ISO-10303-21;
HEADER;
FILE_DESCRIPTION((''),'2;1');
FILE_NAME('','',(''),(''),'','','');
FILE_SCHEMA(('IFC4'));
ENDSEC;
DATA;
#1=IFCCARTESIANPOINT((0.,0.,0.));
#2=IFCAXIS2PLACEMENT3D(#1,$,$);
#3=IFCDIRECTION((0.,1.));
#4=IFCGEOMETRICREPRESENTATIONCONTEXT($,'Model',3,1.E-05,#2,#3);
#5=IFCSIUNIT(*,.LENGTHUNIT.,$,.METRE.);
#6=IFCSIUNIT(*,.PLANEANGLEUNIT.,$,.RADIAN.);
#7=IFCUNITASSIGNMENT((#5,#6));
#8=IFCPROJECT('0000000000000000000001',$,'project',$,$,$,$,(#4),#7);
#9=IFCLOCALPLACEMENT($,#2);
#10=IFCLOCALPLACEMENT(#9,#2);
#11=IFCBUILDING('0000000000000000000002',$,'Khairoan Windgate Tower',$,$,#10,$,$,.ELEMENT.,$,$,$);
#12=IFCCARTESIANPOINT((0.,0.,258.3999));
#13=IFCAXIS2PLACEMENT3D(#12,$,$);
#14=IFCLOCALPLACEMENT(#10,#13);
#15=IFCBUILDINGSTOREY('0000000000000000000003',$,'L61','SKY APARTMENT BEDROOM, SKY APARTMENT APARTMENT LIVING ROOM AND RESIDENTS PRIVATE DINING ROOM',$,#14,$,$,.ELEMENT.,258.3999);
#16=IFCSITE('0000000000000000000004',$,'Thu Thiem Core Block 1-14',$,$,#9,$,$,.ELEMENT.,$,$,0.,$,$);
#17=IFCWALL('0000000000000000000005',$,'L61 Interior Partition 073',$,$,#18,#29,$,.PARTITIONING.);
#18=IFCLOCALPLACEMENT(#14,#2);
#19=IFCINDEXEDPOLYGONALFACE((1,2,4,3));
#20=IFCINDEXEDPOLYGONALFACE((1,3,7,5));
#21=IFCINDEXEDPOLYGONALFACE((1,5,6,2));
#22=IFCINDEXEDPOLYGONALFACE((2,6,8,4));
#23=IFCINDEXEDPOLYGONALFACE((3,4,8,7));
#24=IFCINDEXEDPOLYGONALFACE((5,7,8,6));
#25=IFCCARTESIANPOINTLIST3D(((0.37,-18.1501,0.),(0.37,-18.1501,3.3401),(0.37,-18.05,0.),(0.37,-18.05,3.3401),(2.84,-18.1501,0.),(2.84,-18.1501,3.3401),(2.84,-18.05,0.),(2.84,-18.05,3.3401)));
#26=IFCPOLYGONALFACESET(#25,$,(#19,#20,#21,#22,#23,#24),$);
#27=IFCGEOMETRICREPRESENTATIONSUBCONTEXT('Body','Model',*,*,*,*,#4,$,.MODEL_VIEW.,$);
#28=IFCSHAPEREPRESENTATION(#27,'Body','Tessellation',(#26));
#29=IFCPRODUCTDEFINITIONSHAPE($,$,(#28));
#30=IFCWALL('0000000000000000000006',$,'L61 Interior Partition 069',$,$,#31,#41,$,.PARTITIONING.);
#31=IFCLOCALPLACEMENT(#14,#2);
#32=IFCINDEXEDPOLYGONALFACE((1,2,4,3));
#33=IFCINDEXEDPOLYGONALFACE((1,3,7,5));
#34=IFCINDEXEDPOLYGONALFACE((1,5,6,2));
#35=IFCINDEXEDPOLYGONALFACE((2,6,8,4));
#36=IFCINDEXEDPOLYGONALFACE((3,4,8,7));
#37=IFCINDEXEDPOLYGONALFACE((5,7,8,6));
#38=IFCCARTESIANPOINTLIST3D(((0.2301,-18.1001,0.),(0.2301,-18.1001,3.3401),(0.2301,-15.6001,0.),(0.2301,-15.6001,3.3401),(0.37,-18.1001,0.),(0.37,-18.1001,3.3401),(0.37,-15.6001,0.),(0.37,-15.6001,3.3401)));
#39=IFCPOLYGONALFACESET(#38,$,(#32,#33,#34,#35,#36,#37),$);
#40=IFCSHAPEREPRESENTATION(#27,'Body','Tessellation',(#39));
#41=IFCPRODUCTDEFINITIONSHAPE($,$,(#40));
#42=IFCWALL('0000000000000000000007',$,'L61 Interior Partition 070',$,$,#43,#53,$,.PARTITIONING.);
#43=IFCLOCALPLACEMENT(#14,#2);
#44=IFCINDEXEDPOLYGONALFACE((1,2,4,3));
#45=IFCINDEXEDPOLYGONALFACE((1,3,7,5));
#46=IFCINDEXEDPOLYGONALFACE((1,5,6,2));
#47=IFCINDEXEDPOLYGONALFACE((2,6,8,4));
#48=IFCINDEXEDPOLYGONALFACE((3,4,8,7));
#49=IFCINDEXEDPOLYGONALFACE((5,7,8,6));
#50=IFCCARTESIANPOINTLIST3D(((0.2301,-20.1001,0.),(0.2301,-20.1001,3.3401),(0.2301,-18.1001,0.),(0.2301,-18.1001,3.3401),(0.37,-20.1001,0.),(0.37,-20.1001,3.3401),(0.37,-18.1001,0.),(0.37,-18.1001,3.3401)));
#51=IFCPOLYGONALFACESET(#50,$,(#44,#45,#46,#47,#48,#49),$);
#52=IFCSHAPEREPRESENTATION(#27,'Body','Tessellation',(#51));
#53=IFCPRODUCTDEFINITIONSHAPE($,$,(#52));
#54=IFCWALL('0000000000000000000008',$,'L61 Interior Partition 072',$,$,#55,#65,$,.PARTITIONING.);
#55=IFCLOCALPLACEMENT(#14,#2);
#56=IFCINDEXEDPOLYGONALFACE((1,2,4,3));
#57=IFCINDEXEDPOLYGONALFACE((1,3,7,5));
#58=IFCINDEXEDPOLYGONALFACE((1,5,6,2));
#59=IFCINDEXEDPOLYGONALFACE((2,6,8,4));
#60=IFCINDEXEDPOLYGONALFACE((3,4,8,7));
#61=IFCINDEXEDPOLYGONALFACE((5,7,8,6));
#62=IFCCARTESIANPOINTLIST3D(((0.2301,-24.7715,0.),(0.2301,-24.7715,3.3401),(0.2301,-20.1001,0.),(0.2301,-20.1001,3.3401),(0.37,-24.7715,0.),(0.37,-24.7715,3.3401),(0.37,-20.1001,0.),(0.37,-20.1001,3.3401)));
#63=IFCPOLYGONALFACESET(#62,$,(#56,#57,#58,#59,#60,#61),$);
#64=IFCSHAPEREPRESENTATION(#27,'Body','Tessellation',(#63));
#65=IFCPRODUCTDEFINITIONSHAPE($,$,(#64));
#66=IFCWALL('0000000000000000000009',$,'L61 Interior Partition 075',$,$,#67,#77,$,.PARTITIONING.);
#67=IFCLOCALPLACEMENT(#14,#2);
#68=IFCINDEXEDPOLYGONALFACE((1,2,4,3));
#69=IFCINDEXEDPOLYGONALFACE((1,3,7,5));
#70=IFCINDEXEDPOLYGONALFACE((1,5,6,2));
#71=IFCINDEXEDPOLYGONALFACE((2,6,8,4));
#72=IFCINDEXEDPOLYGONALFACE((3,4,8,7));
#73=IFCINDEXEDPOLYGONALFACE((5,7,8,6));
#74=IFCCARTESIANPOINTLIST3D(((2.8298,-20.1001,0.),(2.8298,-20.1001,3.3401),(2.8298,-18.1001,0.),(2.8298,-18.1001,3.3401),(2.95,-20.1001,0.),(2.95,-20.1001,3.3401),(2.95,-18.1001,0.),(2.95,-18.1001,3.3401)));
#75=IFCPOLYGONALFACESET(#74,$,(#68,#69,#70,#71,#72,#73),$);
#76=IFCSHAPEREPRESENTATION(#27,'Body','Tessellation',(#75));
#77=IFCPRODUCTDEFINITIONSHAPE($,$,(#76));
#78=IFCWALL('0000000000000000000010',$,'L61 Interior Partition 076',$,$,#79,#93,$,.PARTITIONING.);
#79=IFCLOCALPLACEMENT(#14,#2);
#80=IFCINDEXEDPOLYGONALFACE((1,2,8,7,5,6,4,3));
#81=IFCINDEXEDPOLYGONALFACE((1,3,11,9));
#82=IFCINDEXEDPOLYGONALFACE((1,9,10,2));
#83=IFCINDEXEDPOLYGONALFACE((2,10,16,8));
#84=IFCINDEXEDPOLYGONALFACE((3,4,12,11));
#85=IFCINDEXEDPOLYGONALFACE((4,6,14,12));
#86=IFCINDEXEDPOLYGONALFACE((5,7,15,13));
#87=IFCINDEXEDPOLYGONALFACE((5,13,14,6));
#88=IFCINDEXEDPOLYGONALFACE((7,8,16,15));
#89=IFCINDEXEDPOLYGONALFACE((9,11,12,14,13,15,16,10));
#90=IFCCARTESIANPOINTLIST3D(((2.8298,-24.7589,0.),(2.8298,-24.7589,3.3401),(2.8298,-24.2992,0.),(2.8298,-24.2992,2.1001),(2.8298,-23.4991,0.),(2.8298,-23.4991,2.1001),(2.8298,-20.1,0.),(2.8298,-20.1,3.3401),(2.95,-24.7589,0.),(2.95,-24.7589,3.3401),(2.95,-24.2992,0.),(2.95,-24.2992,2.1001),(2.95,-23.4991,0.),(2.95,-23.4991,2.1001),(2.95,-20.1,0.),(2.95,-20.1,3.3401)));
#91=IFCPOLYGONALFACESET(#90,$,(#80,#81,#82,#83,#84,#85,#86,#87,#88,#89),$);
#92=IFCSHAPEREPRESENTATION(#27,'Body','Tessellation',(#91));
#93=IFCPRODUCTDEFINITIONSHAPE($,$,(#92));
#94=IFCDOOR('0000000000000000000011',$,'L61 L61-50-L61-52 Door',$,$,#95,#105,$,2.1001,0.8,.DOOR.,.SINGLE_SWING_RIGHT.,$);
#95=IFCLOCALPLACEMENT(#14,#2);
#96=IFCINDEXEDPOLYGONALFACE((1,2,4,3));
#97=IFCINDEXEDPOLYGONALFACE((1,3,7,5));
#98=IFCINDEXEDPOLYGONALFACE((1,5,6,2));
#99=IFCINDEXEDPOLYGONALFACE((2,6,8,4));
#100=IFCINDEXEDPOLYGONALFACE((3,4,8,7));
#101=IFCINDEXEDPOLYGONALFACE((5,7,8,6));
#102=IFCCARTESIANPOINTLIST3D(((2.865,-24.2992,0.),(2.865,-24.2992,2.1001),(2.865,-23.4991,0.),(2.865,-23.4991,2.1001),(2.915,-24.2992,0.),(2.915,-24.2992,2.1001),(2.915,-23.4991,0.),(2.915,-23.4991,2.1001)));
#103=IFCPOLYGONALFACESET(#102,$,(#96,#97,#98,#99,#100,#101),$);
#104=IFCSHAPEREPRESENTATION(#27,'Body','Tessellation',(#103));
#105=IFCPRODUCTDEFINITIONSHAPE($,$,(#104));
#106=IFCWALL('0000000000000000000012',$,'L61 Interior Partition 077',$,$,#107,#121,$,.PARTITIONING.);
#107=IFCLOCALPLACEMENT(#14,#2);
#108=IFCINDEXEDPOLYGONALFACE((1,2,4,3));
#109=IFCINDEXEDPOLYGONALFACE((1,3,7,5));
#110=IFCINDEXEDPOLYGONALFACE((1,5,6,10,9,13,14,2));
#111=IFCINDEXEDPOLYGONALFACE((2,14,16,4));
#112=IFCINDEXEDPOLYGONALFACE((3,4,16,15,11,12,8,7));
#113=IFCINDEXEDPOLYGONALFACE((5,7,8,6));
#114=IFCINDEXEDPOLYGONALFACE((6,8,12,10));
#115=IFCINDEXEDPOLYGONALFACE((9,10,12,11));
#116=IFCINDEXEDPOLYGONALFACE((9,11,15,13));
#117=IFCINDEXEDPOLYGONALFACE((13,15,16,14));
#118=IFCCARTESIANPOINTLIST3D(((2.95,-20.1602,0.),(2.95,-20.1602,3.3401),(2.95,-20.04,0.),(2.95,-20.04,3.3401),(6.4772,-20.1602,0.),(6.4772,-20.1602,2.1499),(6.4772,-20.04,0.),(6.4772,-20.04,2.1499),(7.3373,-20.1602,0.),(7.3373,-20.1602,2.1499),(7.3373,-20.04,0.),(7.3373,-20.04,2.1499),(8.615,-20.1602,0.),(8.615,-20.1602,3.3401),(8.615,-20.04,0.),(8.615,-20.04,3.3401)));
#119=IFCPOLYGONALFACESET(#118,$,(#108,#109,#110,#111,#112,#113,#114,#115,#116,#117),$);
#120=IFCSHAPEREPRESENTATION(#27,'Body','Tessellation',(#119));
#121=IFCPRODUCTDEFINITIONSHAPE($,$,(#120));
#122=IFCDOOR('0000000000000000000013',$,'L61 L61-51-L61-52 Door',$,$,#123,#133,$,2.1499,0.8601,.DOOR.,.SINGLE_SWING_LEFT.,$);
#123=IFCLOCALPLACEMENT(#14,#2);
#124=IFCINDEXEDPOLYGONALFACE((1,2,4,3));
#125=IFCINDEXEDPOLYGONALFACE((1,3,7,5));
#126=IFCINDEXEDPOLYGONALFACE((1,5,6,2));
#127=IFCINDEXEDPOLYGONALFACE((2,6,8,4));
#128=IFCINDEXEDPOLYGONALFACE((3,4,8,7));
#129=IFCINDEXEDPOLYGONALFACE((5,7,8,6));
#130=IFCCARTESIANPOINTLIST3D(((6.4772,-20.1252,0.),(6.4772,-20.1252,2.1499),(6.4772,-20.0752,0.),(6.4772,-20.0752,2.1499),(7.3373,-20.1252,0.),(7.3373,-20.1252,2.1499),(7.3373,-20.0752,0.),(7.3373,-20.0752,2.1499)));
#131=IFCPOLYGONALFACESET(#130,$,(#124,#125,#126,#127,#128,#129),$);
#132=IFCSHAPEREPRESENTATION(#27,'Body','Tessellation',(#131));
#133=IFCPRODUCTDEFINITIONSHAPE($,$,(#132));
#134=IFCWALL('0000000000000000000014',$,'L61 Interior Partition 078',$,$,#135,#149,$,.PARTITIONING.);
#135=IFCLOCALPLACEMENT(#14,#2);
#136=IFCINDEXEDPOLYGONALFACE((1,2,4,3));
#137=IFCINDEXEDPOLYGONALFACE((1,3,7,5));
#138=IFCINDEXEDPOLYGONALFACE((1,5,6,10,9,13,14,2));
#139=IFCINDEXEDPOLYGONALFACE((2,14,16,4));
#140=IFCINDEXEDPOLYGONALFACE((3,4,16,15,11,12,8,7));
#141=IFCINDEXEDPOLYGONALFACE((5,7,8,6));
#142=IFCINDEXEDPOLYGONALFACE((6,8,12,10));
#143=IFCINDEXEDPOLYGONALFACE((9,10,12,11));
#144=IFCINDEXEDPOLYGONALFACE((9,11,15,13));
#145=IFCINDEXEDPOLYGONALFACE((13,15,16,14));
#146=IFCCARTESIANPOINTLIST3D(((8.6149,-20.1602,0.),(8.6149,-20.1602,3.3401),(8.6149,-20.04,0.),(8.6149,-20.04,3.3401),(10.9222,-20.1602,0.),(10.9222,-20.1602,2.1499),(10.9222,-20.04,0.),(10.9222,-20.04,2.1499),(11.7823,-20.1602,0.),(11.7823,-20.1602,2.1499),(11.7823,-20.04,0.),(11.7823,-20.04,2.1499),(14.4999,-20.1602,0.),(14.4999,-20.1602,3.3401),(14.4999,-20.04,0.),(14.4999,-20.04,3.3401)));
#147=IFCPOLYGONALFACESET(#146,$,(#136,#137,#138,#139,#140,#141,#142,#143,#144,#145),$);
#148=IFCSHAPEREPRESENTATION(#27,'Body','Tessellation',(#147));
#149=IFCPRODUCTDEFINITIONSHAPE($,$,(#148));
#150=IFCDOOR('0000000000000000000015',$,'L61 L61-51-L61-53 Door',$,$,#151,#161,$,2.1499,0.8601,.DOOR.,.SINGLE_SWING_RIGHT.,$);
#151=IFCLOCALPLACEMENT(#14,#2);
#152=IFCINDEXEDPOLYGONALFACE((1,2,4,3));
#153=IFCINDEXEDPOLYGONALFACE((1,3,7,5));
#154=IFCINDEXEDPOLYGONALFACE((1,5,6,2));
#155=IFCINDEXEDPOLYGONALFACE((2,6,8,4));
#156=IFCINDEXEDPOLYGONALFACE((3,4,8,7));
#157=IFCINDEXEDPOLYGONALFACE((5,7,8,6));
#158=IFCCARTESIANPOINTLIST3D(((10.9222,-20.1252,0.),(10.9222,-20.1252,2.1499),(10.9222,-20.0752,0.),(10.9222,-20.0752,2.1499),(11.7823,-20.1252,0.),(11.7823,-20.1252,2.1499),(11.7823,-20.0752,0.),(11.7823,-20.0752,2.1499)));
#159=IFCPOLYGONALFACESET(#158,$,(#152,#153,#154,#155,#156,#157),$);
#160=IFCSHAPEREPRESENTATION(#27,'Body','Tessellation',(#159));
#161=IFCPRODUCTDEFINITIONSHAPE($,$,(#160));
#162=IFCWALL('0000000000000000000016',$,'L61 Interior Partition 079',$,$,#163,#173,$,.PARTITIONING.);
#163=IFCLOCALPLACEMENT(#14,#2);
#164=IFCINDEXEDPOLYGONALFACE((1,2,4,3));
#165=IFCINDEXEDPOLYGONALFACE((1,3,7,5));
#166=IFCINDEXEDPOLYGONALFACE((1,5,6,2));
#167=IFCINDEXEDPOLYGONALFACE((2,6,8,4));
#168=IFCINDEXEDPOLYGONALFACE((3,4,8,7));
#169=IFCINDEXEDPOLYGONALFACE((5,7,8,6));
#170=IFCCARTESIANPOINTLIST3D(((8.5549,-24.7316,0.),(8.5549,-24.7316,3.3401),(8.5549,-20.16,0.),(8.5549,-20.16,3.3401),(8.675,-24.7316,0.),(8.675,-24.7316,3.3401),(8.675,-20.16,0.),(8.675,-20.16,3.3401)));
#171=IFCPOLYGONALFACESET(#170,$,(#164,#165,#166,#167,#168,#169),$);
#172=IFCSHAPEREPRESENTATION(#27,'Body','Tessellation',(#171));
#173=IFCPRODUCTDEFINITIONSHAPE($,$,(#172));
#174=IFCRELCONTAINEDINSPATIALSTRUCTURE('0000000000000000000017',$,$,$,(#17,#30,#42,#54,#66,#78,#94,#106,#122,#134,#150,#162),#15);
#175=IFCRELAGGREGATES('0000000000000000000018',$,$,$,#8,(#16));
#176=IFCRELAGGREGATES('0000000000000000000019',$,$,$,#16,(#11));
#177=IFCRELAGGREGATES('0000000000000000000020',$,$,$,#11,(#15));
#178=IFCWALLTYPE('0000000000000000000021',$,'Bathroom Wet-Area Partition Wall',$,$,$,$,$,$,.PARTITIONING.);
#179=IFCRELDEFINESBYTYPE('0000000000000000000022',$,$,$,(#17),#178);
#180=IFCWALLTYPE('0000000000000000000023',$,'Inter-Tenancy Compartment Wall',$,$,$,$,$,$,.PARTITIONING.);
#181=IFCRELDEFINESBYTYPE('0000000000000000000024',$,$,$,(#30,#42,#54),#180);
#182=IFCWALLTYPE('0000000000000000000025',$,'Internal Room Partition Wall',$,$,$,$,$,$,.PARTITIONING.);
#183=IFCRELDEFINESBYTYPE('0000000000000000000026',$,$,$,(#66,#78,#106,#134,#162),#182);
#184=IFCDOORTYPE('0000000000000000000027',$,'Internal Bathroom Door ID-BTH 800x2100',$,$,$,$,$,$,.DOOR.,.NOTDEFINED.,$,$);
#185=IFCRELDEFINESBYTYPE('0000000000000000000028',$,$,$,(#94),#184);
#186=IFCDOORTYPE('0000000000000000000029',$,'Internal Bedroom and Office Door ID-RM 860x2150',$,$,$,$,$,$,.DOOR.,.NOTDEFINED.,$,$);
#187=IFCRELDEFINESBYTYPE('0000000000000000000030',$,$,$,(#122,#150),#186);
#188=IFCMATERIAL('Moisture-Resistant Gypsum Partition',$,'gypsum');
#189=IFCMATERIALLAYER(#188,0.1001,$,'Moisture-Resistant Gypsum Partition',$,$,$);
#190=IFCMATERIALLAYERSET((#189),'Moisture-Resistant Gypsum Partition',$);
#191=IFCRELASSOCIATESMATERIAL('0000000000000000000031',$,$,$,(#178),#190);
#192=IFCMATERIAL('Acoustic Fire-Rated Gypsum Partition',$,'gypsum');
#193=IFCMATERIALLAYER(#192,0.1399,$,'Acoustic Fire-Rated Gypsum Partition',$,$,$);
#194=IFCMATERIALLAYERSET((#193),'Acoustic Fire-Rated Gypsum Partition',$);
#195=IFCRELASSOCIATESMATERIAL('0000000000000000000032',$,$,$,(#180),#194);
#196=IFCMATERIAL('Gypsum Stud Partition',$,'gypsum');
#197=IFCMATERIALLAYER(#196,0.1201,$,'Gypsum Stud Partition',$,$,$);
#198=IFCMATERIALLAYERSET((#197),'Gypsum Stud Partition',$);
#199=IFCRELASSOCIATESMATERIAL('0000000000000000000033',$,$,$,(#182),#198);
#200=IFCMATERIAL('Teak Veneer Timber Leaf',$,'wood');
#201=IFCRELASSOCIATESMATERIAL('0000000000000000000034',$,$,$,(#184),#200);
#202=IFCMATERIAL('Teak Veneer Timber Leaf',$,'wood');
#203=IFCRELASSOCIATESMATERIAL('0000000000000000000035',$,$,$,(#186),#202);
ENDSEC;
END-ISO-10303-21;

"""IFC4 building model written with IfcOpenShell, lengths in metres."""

from ifc_helpers import new_model, si_unit, direction, frame, frame_2d, origin, place, context, subcontext, project, spatial, rectangle, extrude, material, layer, layer_set, type_object, element, fill, save


model = new_model("IFC4")

# Units and contexts
model_context = context("Model", 3, precision=1e-05, world=origin(), true_north=direction((0.0, 1.0)))
body_context = subcontext(model_context, "Body", "Model", "MODEL_VIEW")
ifc_project = project(units=[si_unit("LENGTHUNIT", "METRE"), si_unit("PLANEANGLEUNIT", "RADIAN")], contexts=[model_context])

# Site, building, storey
site_placement = place(None, origin())
site = spatial("IfcSite", under=ifc_project, at=site_placement, Name="Thu Thiem Core Block 1-14", CompositionType="ELEMENT", RefElevation=0.0)
building_placement = place(site_placement, origin())
building = spatial("IfcBuilding", under=site, at=building_placement, Name="Khairoan Windgate Tower", CompositionType="ELEMENT")
storey_placement = place(building_placement, frame((0.0, 0.0, 258.3999)))
storey = spatial("IfcBuildingStorey", under=building, at=storey_placement, Name="L61", Description="SKY APARTMENT BEDROOM, SKY APARTMENT APARTMENT LIVING ROOM AND RESIDENTS PRIVATE DINING ROOM", CompositionType="ELEMENT", Elevation=258.3999)

# Walls
ifc_material_1 = material(Name="Moisture-Resistant Gypsum Partition", Category="gypsum")
ifc_layer_1 = layer(ifc_material_1, 0.1001, Name="Moisture-Resistant Gypsum Partition")
ifc_layer_set_1 = layer_set([ifc_layer_1], Name="Moisture-Resistant Gypsum Partition")
wall_type_1 = type_object("IfcWallType", Name="Bathroom Wet-Area Partition Wall", PredefinedType="PARTITIONING", material=ifc_layer_set_1)
wall_1_placement = place(storey_placement, frame((0.3701, -18.1001, 0.0), z_axis=(0.0, 0.0, 1.0), x_axis=(1.0, 0.0, 0.0)))
element("IfcWall", 1, at=wall_1_placement, inside=storey, type_object=wall_type_1, Name="L61 Interior Partition 073", PredefinedType="PARTITIONING", context=body_context, shape_type="SweptSolid", body=[
    extrude(rectangle(XDim=2.47, YDim=0.1001, at=frame_2d((1.2349, 0.0))), origin(), (0.0, 0.0, 1.0), 3.3401),
])
ifc_material_2 = material(Name="Acoustic Fire-Rated Gypsum Partition", Category="gypsum")
ifc_layer_2 = layer(ifc_material_2, 0.1399, Name="Acoustic Fire-Rated Gypsum Partition")
ifc_layer_set_2 = layer_set([ifc_layer_2], Name="Acoustic Fire-Rated Gypsum Partition")
wall_type_2 = type_object("IfcWallType", Name="Inter-Tenancy Compartment Wall", PredefinedType="PARTITIONING", material=ifc_layer_set_2)
wall_2_placement = place(storey_placement, frame((0.3, -18.1001, 0.0), z_axis=(0.0, 0.0, 1.0), x_axis=(0.0, 1.0, 0.0)))
element("IfcWall", 2, at=wall_2_placement, inside=storey, type_object=wall_type_2, Name="L61 Interior Partition 069", PredefinedType="PARTITIONING", context=body_context, shape_type="SweptSolid", body=[
    extrude(rectangle(XDim=2.5, YDim=0.1399, at=frame_2d((1.25, 0.0))), origin(), (0.0, 0.0, 1.0), 3.3401),
])
wall_3_placement = place(storey_placement, frame((0.3, -20.1001, 0.0), z_axis=(0.0, 0.0, 1.0), x_axis=(0.0, 1.0, 0.0)))
element("IfcWall", 3, at=wall_3_placement, inside=storey, type_object=wall_type_2, Name="L61 Interior Partition 070", PredefinedType="PARTITIONING", context=body_context, shape_type="SweptSolid", body=[
    extrude(rectangle(XDim=2.0, YDim=0.1399, at=frame_2d((1.0, 0.0))), origin(), (0.0, 0.0, 1.0), 3.3401),
])
wall_4_placement = place(storey_placement, frame((0.3, -24.7715, 0.0), z_axis=(0.0, 0.0, 1.0), x_axis=(0.0, 1.0, 0.0)))
element("IfcWall", 4, at=wall_4_placement, inside=storey, type_object=wall_type_2, Name="L61 Interior Partition 072", PredefinedType="PARTITIONING", context=body_context, shape_type="SweptSolid", body=[
    extrude(rectangle(XDim=4.6714, YDim=0.1399, at=frame_2d((2.3357, 0.0))), origin(), (0.0, 0.0, 1.0), 3.3401),
])
ifc_material_3 = material(Name="Gypsum Stud Partition", Category="gypsum")
ifc_layer_3 = layer(ifc_material_3, 0.1201, Name="Gypsum Stud Partition")
ifc_layer_set_3 = layer_set([ifc_layer_3], Name="Gypsum Stud Partition")
wall_type_3 = type_object("IfcWallType", Name="Internal Room Partition Wall", PredefinedType="PARTITIONING", material=ifc_layer_set_3)
wall_5_placement = place(storey_placement, frame((2.8899, -20.1001, 0.0), z_axis=(0.0, 0.0, 1.0), x_axis=(0.0, 1.0, 0.0)))
element("IfcWall", 5, at=wall_5_placement, inside=storey, type_object=wall_type_3, Name="L61 Interior Partition 075", PredefinedType="PARTITIONING", context=body_context, shape_type="SweptSolid", body=[
    extrude(rectangle(XDim=2.0, YDim=0.1201, at=frame_2d((1.0, 0.0))), origin(), (0.0, 0.0, 1.0), 3.3401),
])

# Walls, openings, doors
wall_6_placement = place(storey_placement, frame((2.8899, -24.759, 0.0), z_axis=(0.0, 0.0, 1.0), x_axis=(0.0, 1.0, 0.0)))
wall_6 = element("IfcWall", 6, at=wall_6_placement, inside=storey, type_object=wall_type_3, Name="L61 Interior Partition 076", PredefinedType="PARTITIONING", context=body_context, shape_type="SweptSolid", body=[
    extrude(rectangle(XDim=4.6589, YDim=0.1201, at=frame_2d((2.3296, 0.0))), origin(), (0.0, 0.0, 1.0), 3.3401),
])
opening_1_placement = place(wall_6_placement, frame((0.46, 0.0, 0.0)))
opening_1 = element("IfcOpeningElement", 7, at=opening_1_placement, cuts=wall_6, PredefinedType="OPENING", context=body_context, shape_type="SweptSolid", body=[
    extrude(rectangle(XDim=0.8, YDim=2.1001, at=frame_2d((0.3999, 1.05))), frame((0.0, 0.0701, 0.0), z_axis=(0.0, -1.0, 0.0), x_axis=(1.0, 0.0, 0.0)), (0.0, 0.0, 1.0), 0.1401),
])
ifc_material_4 = material(Name="Teak Veneer Timber Leaf", Category="wood")
door_type_1 = type_object("IfcDoorType", Name="Internal Bathroom Door ID-BTH 800x2100", OperationType="NOTDEFINED", PredefinedType="DOOR", material=ifc_material_4)
door_1_placement = place(opening_1_placement, origin())
door_1 = element("IfcDoor", 8, at=door_1_placement, inside=storey, type_object=door_type_1, Name="L61 L61-50-L61-52 Door", OperationType="SINGLE_SWING_RIGHT", OverallHeight=2.1001, OverallWidth=0.8, PredefinedType="DOOR", context=body_context, shape_type="SweptSolid", body=[
    extrude(rectangle(XDim=0.8, YDim=2.1001, at=frame_2d((0.3999, 1.05))), frame((0.0, 0.0249, 0.0), z_axis=(0.0, -1.0, 0.0), x_axis=(1.0, 0.0, 0.0)), (0.0, 0.0, 1.0), 0.05),
])
fill(opening_1, door_1)
wall_7_placement = place(storey_placement, frame((2.95, -20.1001, 0.0), z_axis=(0.0, 0.0, 1.0), x_axis=(1.0, 0.0, 0.0)))
wall_7 = element("IfcWall", 9, at=wall_7_placement, inside=storey, type_object=wall_type_3, Name="L61 Interior Partition 077", PredefinedType="PARTITIONING", context=body_context, shape_type="SweptSolid", body=[
    extrude(rectangle(XDim=5.665, YDim=0.1201, at=frame_2d((2.8325, 0.0))), origin(), (0.0, 0.0, 1.0), 3.3401),
])
opening_2_placement = place(wall_7_placement, frame((3.5271, 0.0, 0.0)))
opening_2 = element("IfcOpeningElement", 10, at=opening_2_placement, cuts=wall_7, PredefinedType="OPENING", context=body_context, shape_type="SweptSolid", body=[
    extrude(rectangle(XDim=0.8601, YDim=2.1499, at=frame_2d((0.4302, 1.075))), frame((0.0, 0.0701, 0.0), z_axis=(0.0, -1.0, 0.0), x_axis=(1.0, 0.0, 0.0)), (0.0, 0.0, 1.0), 0.1401),
])
ifc_material_5 = material(Name="Teak Veneer Timber Leaf", Category="wood")
door_type_2 = type_object("IfcDoorType", Name="Internal Bedroom and Office Door ID-RM 860x2150", OperationType="NOTDEFINED", PredefinedType="DOOR", material=ifc_material_5)
door_2_placement = place(opening_2_placement, origin())
door_2 = element("IfcDoor", 11, at=door_2_placement, inside=storey, type_object=door_type_2, Name="L61 L61-51-L61-52 Door", OperationType="SINGLE_SWING_LEFT", OverallHeight=2.1499, OverallWidth=0.8601, PredefinedType="DOOR", context=body_context, shape_type="SweptSolid", body=[
    extrude(rectangle(XDim=0.8601, YDim=2.1499, at=frame_2d((0.4302, 1.075))), frame((0.0, 0.0249, 0.0), z_axis=(0.0, -1.0, 0.0), x_axis=(1.0, 0.0, 0.0)), (0.0, 0.0, 1.0), 0.05),
])
fill(opening_2, door_2)
wall_8_placement = place(storey_placement, frame((8.615, -20.1001, 0.0), z_axis=(0.0, 0.0, 1.0), x_axis=(1.0, 0.0, 0.0)))
wall_8 = element("IfcWall", 12, at=wall_8_placement, inside=storey, type_object=wall_type_3, Name="L61 Interior Partition 078", PredefinedType="PARTITIONING", context=body_context, shape_type="SweptSolid", body=[
    extrude(rectangle(XDim=5.885, YDim=0.1201, at=frame_2d((2.9424, 0.0))), origin(), (0.0, 0.0, 1.0), 3.3401),
])
opening_3_placement = place(wall_8_placement, frame((2.3071, 0.0, 0.0)))
opening_3 = element("IfcOpeningElement", 13, at=opening_3_placement, cuts=wall_8, PredefinedType="OPENING", context=body_context, shape_type="SweptSolid", body=[
    extrude(rectangle(XDim=0.8601, YDim=2.1499, at=frame_2d((0.4302, 1.075))), frame((0.0, 0.0701, 0.0), z_axis=(0.0, -1.0, 0.0), x_axis=(1.0, 0.0, 0.0)), (0.0, 0.0, 1.0), 0.1401),
])
door_3_placement = place(opening_3_placement, origin())
door_3 = element("IfcDoor", 14, at=door_3_placement, inside=storey, type_object=door_type_2, Name="L61 L61-51-L61-53 Door", OperationType="SINGLE_SWING_RIGHT", OverallHeight=2.1499, OverallWidth=0.8601, PredefinedType="DOOR", context=body_context, shape_type="SweptSolid", body=[
    extrude(rectangle(XDim=0.8601, YDim=2.1499, at=frame_2d((0.4302, 1.075))), frame((0.0, 0.0249, 0.0), z_axis=(0.0, -1.0, 0.0), x_axis=(1.0, 0.0, 0.0)), (0.0, 0.0, 1.0), 0.05),
])
fill(opening_3, door_3)

# Wall
wall_9_placement = place(storey_placement, frame((8.615, -24.7314, 0.0), z_axis=(0.0, 0.0, 1.0), x_axis=(0.0, 1.0, 0.0)))
element("IfcWall", 15, at=wall_9_placement, inside=storey, type_object=wall_type_3, Name="L61 Interior Partition 079", PredefinedType="PARTITIONING", context=body_context, shape_type="SweptSolid", body=[
    extrude(rectangle(XDim=4.5715, YDim=0.1201, at=frame_2d((2.2856, 0.0))), origin(), (0.0, 0.0, 1.0), 3.3401),
])

save(model, "model.ifc")
